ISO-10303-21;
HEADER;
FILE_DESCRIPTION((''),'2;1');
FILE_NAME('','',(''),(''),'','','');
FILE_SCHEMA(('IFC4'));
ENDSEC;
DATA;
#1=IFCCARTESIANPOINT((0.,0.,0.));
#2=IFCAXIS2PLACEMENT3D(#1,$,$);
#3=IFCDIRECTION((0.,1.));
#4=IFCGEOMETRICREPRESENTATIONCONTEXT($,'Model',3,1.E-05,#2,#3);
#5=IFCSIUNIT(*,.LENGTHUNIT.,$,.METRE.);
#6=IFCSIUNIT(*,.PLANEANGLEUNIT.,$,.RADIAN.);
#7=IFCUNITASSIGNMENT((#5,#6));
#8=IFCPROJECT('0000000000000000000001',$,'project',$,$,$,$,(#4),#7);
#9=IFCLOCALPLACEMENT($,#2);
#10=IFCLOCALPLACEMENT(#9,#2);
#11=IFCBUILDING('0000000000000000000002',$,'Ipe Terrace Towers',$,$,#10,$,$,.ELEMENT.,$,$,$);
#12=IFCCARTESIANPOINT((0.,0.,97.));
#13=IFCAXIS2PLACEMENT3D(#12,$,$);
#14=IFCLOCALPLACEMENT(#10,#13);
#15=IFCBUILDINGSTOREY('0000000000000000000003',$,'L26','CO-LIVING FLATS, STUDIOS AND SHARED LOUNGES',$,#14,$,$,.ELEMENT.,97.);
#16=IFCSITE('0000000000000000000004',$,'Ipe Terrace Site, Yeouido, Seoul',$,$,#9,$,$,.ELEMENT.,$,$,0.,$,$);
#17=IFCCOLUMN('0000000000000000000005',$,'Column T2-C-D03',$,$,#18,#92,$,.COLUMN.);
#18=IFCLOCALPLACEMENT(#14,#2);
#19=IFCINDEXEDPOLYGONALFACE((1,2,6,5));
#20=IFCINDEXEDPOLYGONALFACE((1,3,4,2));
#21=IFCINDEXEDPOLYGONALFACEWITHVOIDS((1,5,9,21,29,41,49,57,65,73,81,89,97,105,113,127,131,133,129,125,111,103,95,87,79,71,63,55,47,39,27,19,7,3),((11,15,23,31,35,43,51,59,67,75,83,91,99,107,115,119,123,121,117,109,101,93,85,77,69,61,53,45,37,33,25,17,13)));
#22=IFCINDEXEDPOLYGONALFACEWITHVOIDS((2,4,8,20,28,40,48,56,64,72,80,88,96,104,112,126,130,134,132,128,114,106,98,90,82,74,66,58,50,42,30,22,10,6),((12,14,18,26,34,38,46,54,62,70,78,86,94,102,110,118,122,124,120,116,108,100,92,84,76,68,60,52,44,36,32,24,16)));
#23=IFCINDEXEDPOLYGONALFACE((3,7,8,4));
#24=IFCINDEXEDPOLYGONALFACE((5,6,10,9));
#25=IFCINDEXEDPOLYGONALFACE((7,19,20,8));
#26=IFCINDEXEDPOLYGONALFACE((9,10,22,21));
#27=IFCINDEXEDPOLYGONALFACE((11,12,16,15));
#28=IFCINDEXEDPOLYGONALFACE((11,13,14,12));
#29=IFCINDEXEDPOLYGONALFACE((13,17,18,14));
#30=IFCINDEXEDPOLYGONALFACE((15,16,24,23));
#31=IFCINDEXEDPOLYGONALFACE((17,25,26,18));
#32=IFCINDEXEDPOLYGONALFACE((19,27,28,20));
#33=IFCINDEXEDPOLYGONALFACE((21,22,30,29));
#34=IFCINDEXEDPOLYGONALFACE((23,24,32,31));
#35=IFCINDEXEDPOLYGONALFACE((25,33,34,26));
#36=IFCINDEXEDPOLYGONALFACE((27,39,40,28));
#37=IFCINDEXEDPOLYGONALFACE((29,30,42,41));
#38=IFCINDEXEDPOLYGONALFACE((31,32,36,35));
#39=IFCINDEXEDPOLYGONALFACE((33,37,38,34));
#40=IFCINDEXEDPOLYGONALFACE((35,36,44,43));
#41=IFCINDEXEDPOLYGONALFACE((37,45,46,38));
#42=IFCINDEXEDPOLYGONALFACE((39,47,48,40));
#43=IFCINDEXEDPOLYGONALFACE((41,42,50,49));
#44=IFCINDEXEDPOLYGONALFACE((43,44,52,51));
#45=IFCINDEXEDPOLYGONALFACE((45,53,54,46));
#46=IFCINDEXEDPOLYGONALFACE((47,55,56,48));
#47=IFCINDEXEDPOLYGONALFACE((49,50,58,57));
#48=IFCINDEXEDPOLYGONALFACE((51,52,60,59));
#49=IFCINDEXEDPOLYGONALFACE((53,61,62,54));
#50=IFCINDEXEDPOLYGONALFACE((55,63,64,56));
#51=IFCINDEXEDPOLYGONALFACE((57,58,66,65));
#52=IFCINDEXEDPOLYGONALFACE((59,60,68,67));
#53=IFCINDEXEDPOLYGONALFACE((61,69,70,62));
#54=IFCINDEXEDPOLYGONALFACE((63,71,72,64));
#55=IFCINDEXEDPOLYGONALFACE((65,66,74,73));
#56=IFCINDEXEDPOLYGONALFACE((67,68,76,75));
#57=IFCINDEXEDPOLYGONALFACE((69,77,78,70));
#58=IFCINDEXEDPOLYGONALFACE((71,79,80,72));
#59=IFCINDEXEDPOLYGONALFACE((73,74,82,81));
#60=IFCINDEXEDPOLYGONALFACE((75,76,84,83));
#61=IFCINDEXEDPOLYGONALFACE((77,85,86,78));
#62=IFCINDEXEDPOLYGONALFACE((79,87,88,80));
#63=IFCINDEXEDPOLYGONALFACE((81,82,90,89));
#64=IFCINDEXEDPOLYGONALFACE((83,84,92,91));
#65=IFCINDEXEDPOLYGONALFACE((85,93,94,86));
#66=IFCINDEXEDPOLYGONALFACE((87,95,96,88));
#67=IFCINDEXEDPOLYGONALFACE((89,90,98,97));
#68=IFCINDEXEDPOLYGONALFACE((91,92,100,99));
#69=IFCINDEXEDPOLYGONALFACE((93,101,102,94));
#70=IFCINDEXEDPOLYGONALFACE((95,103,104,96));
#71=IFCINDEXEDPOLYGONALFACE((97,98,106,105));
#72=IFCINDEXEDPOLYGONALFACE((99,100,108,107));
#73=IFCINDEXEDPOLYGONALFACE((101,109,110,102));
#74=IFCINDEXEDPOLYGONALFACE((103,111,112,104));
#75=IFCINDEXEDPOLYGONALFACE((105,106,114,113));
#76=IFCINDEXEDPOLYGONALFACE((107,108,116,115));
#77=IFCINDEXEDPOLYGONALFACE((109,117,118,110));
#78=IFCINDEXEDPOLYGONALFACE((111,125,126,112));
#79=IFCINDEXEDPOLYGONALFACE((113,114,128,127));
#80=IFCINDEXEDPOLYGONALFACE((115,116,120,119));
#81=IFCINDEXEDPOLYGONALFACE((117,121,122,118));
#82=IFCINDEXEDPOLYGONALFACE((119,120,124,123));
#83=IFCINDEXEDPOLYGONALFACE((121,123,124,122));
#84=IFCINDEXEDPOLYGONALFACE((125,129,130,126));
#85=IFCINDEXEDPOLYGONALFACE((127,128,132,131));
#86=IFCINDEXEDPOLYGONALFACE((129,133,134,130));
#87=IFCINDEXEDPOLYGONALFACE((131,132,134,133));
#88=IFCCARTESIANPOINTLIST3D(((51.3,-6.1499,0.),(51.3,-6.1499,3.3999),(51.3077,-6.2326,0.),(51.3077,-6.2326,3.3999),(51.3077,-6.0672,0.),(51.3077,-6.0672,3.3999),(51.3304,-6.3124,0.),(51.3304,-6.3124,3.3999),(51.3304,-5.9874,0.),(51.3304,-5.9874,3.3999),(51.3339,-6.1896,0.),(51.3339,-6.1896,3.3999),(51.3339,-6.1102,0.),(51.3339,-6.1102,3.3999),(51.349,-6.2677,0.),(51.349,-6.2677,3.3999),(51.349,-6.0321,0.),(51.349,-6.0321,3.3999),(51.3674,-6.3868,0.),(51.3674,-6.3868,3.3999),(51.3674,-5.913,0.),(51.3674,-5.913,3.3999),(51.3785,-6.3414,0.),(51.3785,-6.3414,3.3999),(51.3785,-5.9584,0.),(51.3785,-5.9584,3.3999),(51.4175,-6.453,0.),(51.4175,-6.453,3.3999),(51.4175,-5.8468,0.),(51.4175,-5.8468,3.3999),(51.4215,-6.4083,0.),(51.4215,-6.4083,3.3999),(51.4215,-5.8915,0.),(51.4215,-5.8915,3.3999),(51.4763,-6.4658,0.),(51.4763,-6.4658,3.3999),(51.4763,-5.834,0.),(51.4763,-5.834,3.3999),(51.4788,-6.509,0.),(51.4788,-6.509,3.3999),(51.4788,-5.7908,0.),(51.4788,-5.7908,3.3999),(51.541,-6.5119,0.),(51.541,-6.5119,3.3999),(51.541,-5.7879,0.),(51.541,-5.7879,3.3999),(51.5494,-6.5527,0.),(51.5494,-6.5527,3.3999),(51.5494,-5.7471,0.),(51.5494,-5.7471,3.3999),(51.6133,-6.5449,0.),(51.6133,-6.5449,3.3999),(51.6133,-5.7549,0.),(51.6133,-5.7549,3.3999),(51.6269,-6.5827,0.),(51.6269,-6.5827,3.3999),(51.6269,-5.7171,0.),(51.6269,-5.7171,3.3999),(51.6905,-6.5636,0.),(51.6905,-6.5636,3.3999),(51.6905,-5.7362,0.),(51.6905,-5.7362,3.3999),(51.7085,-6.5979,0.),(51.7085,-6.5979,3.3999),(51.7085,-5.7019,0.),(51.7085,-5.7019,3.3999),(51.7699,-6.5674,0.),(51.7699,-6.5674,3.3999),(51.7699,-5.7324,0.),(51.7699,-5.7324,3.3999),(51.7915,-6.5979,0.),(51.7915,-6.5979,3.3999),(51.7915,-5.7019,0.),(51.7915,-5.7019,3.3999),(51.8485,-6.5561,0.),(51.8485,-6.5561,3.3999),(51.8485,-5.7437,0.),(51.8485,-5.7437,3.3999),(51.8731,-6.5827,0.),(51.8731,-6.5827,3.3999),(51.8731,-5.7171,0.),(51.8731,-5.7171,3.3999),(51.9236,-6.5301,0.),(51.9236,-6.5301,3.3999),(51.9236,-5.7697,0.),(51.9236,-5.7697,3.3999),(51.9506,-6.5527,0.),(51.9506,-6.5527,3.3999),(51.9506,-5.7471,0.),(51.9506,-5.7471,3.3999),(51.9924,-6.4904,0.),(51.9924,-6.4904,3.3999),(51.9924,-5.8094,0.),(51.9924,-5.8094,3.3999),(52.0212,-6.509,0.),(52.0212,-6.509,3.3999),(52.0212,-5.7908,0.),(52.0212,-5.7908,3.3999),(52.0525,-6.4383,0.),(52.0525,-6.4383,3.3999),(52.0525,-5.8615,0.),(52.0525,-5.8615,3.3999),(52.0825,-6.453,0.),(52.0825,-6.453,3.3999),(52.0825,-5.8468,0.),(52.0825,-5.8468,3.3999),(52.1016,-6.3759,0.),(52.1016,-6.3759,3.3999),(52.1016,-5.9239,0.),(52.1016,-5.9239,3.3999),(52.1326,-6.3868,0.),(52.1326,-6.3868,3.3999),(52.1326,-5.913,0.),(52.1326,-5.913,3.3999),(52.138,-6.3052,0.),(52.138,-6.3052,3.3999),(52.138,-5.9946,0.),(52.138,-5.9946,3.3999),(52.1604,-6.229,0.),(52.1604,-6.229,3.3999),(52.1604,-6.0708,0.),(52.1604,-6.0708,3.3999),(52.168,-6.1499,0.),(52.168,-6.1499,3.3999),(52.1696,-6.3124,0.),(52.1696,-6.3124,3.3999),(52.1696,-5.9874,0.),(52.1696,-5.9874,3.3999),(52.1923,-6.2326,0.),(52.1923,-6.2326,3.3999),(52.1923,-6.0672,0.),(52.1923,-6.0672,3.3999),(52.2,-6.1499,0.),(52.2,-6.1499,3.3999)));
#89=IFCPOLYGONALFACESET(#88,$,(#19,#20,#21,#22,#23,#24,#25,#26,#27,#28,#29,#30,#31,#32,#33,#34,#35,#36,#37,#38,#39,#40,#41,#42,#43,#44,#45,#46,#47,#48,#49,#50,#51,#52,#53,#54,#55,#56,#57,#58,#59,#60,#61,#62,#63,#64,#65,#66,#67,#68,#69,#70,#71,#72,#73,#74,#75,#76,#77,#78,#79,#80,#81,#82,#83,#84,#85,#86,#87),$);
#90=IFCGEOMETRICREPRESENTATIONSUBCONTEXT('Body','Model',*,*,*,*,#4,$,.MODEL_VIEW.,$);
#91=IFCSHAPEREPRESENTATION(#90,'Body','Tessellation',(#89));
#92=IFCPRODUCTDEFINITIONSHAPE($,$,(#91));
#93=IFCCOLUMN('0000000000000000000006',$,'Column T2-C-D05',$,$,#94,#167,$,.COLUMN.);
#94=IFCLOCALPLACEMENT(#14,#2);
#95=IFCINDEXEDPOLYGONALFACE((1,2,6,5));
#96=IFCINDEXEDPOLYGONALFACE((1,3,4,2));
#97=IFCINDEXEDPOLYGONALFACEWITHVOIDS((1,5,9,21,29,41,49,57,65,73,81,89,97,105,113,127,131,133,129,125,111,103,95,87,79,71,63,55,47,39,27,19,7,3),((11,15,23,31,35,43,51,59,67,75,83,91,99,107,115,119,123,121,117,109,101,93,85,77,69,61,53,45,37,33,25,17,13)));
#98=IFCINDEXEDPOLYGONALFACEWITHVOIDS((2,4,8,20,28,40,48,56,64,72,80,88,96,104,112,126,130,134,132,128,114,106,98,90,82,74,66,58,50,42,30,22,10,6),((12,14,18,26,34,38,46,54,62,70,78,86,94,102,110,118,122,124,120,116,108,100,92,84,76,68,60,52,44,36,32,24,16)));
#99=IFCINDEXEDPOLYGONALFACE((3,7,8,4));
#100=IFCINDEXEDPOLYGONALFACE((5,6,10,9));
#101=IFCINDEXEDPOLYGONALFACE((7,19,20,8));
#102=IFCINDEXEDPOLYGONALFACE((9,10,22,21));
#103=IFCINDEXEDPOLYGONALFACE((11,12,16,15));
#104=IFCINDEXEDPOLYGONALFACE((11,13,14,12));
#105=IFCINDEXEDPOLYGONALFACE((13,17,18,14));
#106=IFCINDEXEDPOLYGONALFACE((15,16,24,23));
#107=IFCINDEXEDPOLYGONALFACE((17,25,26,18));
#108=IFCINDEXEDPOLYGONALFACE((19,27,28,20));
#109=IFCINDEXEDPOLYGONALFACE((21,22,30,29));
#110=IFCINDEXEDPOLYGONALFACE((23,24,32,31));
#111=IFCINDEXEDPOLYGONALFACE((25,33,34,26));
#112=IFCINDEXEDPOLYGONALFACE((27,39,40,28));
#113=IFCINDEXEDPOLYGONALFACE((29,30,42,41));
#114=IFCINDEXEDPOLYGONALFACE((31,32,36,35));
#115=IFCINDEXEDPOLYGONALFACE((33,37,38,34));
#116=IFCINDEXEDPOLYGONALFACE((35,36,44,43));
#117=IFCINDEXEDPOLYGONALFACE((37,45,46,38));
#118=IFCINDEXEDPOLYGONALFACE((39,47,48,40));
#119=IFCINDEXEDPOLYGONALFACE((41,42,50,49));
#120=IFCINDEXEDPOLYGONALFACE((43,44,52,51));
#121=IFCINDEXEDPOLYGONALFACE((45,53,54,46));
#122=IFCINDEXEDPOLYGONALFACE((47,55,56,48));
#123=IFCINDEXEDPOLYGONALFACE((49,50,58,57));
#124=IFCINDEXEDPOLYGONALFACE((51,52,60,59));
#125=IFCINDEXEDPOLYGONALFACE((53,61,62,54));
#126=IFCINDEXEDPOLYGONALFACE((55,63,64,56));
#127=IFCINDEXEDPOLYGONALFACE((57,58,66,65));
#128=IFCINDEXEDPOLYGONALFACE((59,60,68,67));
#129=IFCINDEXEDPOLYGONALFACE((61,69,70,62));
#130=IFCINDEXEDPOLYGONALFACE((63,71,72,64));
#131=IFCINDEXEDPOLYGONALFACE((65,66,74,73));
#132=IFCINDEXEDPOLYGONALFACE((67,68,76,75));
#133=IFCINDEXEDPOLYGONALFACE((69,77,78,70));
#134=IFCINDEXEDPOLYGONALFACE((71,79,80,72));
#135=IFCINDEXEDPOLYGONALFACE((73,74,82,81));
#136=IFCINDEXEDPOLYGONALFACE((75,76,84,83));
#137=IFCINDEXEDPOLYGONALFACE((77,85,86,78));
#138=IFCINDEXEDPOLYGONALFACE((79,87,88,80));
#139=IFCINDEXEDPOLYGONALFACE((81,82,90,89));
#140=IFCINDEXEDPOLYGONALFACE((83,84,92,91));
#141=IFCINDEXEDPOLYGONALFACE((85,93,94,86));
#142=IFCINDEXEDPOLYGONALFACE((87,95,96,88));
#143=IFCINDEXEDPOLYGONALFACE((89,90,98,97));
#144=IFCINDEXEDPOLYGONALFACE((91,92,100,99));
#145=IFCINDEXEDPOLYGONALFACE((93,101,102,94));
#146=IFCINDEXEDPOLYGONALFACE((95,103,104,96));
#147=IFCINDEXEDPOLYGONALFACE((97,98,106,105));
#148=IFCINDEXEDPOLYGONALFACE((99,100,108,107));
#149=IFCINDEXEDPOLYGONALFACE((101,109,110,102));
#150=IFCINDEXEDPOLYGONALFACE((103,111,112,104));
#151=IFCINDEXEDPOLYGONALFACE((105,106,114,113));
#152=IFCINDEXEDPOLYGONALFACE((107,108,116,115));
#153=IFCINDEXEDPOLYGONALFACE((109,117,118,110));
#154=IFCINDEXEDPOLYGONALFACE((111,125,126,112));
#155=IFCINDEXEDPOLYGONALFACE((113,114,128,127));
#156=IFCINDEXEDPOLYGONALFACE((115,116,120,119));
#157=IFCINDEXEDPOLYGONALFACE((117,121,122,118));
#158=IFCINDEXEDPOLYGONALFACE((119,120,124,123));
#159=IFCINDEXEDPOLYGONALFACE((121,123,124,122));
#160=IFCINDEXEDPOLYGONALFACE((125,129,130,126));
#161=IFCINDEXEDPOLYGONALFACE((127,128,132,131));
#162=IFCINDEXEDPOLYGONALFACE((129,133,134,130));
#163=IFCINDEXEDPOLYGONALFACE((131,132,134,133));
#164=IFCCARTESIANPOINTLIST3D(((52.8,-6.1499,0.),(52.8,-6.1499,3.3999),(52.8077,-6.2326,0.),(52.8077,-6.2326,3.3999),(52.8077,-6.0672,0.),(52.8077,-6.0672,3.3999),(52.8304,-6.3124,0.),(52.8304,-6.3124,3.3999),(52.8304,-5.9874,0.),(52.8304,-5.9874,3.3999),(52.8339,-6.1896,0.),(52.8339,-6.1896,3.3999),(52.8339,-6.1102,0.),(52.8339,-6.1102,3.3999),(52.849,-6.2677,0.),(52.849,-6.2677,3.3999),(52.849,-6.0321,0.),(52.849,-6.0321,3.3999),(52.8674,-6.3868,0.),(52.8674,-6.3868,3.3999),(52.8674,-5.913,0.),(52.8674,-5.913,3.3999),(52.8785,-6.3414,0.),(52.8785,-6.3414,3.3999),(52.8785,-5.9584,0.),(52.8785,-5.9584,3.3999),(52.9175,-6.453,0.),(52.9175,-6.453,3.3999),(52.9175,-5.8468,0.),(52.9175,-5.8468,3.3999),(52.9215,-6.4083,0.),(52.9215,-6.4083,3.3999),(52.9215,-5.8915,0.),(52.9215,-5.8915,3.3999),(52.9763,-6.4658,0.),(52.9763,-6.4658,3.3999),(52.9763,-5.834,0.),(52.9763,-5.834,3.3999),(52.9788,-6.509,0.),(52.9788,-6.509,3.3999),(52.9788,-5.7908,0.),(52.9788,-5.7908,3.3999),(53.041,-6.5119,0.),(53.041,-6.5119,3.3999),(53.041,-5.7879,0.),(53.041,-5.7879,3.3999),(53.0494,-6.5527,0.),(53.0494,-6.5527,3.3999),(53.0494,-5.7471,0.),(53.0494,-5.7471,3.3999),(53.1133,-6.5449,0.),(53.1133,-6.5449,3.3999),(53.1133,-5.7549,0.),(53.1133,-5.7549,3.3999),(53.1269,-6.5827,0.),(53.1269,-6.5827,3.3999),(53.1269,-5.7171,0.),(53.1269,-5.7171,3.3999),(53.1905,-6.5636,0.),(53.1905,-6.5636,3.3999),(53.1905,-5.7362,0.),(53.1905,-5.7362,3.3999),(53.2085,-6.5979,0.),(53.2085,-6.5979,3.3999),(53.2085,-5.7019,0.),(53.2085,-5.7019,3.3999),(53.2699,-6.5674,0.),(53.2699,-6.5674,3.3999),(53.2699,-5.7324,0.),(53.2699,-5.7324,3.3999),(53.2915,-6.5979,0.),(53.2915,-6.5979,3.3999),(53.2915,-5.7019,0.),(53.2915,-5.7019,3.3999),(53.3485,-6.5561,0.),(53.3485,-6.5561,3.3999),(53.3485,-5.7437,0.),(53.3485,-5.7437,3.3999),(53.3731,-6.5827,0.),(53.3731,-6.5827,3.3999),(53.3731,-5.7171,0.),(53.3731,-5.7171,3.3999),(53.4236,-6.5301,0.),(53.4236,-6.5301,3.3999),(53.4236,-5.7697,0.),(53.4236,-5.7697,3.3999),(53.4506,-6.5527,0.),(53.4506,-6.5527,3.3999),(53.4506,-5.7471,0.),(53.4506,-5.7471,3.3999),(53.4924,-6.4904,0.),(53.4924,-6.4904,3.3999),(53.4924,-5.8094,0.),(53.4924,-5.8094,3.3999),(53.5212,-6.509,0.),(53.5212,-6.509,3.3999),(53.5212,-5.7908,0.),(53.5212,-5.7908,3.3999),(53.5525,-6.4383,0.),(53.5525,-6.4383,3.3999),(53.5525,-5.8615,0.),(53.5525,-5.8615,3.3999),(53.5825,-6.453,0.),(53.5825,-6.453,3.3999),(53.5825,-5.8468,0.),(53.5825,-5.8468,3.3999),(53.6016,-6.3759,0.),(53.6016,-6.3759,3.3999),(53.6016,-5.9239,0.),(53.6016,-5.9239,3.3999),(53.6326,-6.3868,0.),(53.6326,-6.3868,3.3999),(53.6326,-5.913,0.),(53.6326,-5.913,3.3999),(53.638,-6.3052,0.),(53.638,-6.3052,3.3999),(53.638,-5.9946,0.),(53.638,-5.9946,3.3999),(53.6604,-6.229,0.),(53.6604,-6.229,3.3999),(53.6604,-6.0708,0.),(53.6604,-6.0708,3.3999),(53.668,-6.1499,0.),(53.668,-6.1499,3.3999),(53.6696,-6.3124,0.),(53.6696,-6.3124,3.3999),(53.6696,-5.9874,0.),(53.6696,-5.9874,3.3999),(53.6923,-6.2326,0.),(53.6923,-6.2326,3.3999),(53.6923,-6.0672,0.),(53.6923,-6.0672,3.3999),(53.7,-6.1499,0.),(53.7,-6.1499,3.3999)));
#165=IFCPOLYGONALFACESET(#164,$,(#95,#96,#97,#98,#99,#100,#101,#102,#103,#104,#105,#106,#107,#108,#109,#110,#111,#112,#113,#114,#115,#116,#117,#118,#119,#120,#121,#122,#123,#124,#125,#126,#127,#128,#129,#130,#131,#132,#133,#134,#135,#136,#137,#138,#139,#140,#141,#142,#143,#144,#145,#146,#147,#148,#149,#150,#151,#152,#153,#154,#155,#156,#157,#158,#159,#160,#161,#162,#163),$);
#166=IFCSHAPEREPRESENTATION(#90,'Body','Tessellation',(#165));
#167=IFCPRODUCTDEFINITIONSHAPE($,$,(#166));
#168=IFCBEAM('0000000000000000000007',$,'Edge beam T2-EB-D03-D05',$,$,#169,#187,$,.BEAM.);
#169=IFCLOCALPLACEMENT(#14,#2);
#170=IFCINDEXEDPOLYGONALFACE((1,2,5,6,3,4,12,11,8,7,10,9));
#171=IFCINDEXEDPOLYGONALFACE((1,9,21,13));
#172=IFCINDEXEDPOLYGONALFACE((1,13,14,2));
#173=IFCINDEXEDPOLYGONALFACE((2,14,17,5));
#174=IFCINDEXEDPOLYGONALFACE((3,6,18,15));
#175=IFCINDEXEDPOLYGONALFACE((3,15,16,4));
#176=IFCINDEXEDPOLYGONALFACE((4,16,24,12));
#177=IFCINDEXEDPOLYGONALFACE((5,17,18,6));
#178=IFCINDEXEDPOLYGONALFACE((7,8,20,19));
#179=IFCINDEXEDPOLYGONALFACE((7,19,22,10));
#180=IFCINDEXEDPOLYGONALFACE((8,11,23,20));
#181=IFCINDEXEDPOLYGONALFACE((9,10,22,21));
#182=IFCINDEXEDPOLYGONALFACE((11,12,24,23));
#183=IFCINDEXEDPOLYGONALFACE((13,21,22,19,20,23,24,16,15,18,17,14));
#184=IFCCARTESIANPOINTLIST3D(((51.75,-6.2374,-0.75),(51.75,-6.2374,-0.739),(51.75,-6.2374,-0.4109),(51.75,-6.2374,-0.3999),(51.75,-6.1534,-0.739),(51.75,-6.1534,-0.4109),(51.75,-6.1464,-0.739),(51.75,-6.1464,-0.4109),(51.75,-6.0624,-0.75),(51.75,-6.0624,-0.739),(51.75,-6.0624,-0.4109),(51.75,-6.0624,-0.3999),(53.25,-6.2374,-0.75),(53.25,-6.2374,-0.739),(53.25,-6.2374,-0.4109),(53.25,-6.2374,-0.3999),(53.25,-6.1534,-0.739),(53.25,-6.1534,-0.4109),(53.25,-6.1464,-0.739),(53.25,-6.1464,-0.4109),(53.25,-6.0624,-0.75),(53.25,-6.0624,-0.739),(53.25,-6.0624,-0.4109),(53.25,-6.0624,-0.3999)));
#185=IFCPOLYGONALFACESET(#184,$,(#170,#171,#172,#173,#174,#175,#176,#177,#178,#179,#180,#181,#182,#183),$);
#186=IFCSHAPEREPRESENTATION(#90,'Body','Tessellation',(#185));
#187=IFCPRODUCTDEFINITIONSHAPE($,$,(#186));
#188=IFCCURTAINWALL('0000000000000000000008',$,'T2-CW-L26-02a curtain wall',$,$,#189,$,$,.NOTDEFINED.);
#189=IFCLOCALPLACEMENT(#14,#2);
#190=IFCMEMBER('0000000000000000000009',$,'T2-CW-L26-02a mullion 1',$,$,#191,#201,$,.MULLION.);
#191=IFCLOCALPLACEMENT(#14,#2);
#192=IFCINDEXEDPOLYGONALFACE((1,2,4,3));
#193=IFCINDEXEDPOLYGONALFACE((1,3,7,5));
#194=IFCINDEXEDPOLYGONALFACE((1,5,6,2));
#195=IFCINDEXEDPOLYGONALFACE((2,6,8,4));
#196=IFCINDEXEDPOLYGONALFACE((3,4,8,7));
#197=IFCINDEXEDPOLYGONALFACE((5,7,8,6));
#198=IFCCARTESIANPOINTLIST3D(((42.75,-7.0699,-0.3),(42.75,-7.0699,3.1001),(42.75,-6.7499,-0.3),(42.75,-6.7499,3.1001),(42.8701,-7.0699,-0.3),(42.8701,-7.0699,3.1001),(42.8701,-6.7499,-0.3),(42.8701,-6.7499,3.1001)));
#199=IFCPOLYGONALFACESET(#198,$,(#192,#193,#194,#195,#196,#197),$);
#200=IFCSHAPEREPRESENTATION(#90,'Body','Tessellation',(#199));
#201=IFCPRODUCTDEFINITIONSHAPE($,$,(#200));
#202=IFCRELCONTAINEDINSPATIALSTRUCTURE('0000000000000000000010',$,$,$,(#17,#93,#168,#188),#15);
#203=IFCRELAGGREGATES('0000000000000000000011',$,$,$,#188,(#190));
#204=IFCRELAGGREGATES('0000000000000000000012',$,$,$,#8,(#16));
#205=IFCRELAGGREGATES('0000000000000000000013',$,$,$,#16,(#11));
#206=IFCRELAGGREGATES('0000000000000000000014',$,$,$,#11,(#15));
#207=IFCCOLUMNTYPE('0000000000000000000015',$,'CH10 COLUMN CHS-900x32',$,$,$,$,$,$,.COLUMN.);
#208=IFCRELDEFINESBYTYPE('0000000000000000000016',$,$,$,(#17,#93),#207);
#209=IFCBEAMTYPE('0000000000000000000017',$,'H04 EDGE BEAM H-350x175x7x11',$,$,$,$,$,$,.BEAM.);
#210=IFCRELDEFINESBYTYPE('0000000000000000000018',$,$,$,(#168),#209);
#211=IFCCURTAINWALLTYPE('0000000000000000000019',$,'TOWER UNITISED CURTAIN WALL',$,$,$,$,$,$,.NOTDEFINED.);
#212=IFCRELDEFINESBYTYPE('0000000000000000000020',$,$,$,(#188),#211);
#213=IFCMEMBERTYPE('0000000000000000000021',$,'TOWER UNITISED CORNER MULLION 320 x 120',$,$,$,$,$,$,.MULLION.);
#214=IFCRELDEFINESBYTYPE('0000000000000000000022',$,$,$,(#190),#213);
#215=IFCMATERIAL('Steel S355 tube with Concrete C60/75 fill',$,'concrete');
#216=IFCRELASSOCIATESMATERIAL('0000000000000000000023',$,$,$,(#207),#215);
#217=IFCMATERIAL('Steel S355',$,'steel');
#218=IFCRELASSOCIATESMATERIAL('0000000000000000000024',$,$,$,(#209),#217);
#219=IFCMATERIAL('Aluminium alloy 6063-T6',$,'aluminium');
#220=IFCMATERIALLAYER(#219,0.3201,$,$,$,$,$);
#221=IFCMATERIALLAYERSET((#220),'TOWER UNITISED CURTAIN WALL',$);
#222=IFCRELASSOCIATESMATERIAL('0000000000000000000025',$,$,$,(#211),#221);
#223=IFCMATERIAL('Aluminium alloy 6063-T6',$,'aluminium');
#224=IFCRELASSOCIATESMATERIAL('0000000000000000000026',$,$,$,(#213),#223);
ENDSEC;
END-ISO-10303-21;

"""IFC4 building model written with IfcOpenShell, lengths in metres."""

from ifc_helpers import new_model, si_unit, direction, frame, origin, origin_2d, place, context, subcontext, project, spatial, rectangle, hollow_circle, i_section, extrude, material, layer, layer_set, material_profile, profile_set, type_object, element, aggregate, save


model = new_model("IFC4")

# Units and contexts
model_context = context("Model", 3, precision=1e-05, world=origin(), true_north=direction((0.0, 1.0)))
body_context = subcontext(model_context, "Body", "Model", "MODEL_VIEW")
ifc_project = project(units=[si_unit("LENGTHUNIT", "METRE"), si_unit("PLANEANGLEUNIT", "RADIAN")], contexts=[model_context])

# Site, building, storey
site_placement = place(None, origin())
site = spatial("IfcSite", under=ifc_project, at=site_placement, Name="Ipe Terrace Site, Yeouido, Seoul", CompositionType="ELEMENT", RefElevation=0.0)
building_placement = place(site_placement, origin())
building = spatial("IfcBuilding", under=site, at=building_placement, Name="Ipe Terrace Towers", CompositionType="ELEMENT")
storey_placement = place(building_placement, frame((0.0, 0.0, 97.0)))
storey = spatial("IfcBuildingStorey", under=building, at=storey_placement, Name="L26", Description="CO-LIVING FLATS, STUDIOS AND SHARED LOUNGES", CompositionType="ELEMENT", Elevation=97.0)

# Columns
ifc_material_1 = material(Name="Steel S355 tube with Concrete C60/75 fill", Category="concrete")
ifc_material_profile_1 = material_profile(ifc_material_1, hollow_circle(Radius=0.45, WallThickness=0.032, at=origin_2d()), Name="CHS-900x32")
ifc_profile_set_1 = profile_set([ifc_material_profile_1], Name="Steel S355 tube with Concrete C60/75 fill")
column_type = type_object("IfcColumnType", Name="CH10 COLUMN CHS-900x32", PredefinedType="COLUMN", material=ifc_profile_set_1)
for number, where, z_axis, x_axis, name in (
    (1, (51.75, -6.1499, 0.0), (0.0, 0.0, 1.0), (1.0, 0.0, 0.0), "Column T2-C-D03"),
    (2, (53.25, -6.1499, 0.0), (0.0, 0.0, 1.0), (1.0, 0.0, 0.0), "Column T2-C-D05"),
):
    element("IfcColumn", number, at=place(storey_placement, frame(where, z_axis=z_axis, x_axis=x_axis)), inside=storey, type_object=column_type, Name=name, PredefinedType="COLUMN", context=body_context, shape_type="SweptSolid", body=[
        extrude(hollow_circle(Radius=0.45, WallThickness=0.032, at=origin_2d()), origin(), (0.0, 0.0, 1.0), 3.3999),
    ])

# Beam
ifc_material_2 = material(Name="Steel S355", Category="steel")
ifc_material_profile_2 = material_profile(ifc_material_2, i_section(OverallWidth=0.175, OverallDepth=0.3501, WebThickness=0.0071, FlangeThickness=0.011, at=origin_2d()), Name="H-350x175x7x11")
ifc_profile_set_2 = profile_set([ifc_material_profile_2], Name="Steel S355")
beam_type = type_object("IfcBeamType", Name="H04 EDGE BEAM H-350x175x7x11", PredefinedType="BEAM", material=ifc_profile_set_2)
beam_placement = place(storey_placement, frame((51.75, -6.1499, -0.575), z_axis=(1.0, 0.0, 0.0), x_axis=(0.0, 1.0, 0.0)))
element("IfcBeam", 3, at=beam_placement, inside=storey, type_object=beam_type, Name="Edge beam T2-EB-D03-D05", PredefinedType="BEAM", context=body_context, shape_type="SweptSolid", body=[
    extrude(i_section(OverallWidth=0.175, OverallDepth=0.3501, WebThickness=0.0071, FlangeThickness=0.011, at=origin_2d()), origin(), (0.0, 0.0, 1.0), 1.5),
])

# Curtain wall, member
ifc_material_3 = material(Name="Aluminium alloy 6063-T6", Category="aluminium")
ifc_layer_1 = layer(ifc_material_3, 0.3201)
ifc_layer_set_1 = layer_set([ifc_layer_1], Name="TOWER UNITISED CURTAIN WALL")
curtain_wall_type = type_object("IfcCurtainWallType", Name="TOWER UNITISED CURTAIN WALL", PredefinedType="NOTDEFINED", material=ifc_layer_set_1)
curtain_wall_1_placement = place(storey_placement, origin())
curtain_wall_1 = element("IfcCurtainWall", 4, at=curtain_wall_1_placement, inside=storey, type_object=curtain_wall_type, Name="T2-CW-L26-02a curtain wall", PredefinedType="NOTDEFINED")
ifc_material_4 = material(Name="Aluminium alloy 6063-T6", Category="aluminium")
ifc_material_profile_3 = material_profile(ifc_material_4, rectangle(XDim=0.3201, YDim=0.1201, at=origin_2d()), Name="TOWER UNITISED CORNER MULLION 320 x 120")
ifc_profile_set_3 = profile_set([ifc_material_profile_3], Name="Aluminium alloy 6063-T6")
member_type_1 = type_object("IfcMemberType", Name="TOWER UNITISED CORNER MULLION 320 x 120", PredefinedType="MULLION", material=ifc_profile_set_3)
member_1_placement = place(storey_placement, frame((42.8101, -6.9099, -0.3), z_axis=(0.0, 0.0, 1.0), x_axis=(0.0, -1.0, 0.0)))
member_1 = element("IfcMember", 5, at=member_1_placement, type_object=member_type_1, Name="T2-CW-L26-02a mullion 1", PredefinedType="MULLION", context=body_context, shape_type="SweptSolid", body=[
    extrude(rectangle(XDim=0.3201, YDim=0.1201, at=origin_2d()), origin(), (0.0, 0.0, 1.0), 3.4001),
])

aggregate(curtain_wall_1, [member_1])

save(model, "model.ifc")
